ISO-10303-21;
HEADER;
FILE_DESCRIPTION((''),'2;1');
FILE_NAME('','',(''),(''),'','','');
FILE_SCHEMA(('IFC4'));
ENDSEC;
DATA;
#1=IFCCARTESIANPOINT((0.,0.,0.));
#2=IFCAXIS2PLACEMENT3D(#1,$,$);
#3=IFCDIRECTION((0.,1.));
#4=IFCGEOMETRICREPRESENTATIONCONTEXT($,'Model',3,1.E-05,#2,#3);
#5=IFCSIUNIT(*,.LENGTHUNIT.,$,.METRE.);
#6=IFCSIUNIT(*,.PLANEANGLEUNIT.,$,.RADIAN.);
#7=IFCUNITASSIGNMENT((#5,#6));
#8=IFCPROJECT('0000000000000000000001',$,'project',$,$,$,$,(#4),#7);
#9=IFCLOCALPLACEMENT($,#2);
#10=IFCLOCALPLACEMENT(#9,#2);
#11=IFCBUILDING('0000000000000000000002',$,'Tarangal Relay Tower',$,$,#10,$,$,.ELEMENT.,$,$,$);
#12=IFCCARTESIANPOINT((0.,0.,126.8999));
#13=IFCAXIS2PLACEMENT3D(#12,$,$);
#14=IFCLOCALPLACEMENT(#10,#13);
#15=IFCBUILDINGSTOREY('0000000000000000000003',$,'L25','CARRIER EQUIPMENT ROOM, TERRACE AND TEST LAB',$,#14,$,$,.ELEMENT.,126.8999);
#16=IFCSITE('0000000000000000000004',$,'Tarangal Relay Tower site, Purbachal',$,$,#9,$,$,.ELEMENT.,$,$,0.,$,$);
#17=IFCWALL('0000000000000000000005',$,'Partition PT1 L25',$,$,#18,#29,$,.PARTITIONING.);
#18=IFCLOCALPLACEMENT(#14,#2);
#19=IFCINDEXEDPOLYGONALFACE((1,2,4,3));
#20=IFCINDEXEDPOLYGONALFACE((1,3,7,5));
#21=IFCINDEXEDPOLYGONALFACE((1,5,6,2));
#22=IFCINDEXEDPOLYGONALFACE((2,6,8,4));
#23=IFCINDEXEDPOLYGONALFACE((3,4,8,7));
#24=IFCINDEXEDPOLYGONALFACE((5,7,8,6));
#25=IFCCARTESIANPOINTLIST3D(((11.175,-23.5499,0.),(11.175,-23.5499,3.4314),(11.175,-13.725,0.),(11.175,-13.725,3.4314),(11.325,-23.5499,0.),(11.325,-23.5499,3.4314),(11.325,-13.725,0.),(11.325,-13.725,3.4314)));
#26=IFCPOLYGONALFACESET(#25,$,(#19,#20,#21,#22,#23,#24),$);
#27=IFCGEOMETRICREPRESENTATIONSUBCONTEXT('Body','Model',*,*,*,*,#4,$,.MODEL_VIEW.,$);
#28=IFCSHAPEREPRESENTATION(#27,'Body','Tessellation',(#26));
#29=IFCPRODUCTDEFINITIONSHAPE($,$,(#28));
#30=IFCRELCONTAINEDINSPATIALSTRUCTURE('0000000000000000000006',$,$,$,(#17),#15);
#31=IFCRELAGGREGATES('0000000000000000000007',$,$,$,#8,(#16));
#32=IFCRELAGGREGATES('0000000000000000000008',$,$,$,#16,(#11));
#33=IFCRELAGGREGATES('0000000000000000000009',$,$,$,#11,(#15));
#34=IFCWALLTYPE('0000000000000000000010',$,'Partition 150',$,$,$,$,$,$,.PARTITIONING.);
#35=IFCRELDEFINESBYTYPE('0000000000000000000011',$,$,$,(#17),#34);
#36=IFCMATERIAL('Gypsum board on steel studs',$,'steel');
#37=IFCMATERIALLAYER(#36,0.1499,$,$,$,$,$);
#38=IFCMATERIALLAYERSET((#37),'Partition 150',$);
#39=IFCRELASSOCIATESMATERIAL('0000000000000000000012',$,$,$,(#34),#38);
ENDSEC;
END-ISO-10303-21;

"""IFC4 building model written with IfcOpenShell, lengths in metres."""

from ifc_helpers import new_model, si_unit, direction, frame, frame_2d, origin, place, context, subcontext, project, spatial, rectangle, extrude, material, layer, layer_set, type_object, element, save


model = new_model("IFC4")

# Units and contexts
model_context = context("Model", 3, precision=1e-05, world=origin(), true_north=direction((0.0, 1.0)))
body_context = subcontext(model_context, "Body", "Model", "MODEL_VIEW")
ifc_project = project(units=[si_unit("LENGTHUNIT", "METRE"), si_unit("PLANEANGLEUNIT", "RADIAN")], contexts=[model_context])

# Site, building, storey
site_placement = place(None, origin())
site = spatial("IfcSite", under=ifc_project, at=site_placement, Name="Tarangal Relay Tower site, Purbachal", CompositionType="ELEMENT", RefElevation=0.0)
building_placement = place(site_placement, origin())
building = spatial("IfcBuilding", under=site, at=building_placement, Name="Tarangal Relay Tower", CompositionType="ELEMENT")
storey_placement = place(building_placement, frame((0.0, 0.0, 126.8999)))
storey = spatial("IfcBuildingStorey", under=building, at=storey_placement, Name="L25", Description="CARRIER EQUIPMENT ROOM, TERRACE AND TEST LAB", CompositionType="ELEMENT", Elevation=126.8999)

# Wall
ifc_material_1 = material(Name="Gypsum board on steel studs", Category="steel")
ifc_layer_1 = layer(ifc_material_1, 0.1499)
ifc_layer_set_1 = layer_set([ifc_layer_1], Name="Partition 150")
wall_type_1 = type_object("IfcWallType", Name="Partition 150", PredefinedType="PARTITIONING", material=ifc_layer_set_1)
wall_1_placement = place(storey_placement, frame((11.25, -23.55, 0.0), z_axis=(0.0, 0.0, 1.0), x_axis=(0.0, 1.0, 0.0)))
element("IfcWall", 1, at=wall_1_placement, inside=storey, type_object=wall_type_1, Name="Partition PT1 L25", PredefinedType="PARTITIONING", context=body_context, shape_type="SweptSolid", body=[
    extrude(rectangle(XDim=9.825, YDim=0.1499, at=frame_2d((4.9126, 0.0))), origin(), (0.0, 0.0, 1.0), 3.4314),
])

save(model, "model.ifc")
